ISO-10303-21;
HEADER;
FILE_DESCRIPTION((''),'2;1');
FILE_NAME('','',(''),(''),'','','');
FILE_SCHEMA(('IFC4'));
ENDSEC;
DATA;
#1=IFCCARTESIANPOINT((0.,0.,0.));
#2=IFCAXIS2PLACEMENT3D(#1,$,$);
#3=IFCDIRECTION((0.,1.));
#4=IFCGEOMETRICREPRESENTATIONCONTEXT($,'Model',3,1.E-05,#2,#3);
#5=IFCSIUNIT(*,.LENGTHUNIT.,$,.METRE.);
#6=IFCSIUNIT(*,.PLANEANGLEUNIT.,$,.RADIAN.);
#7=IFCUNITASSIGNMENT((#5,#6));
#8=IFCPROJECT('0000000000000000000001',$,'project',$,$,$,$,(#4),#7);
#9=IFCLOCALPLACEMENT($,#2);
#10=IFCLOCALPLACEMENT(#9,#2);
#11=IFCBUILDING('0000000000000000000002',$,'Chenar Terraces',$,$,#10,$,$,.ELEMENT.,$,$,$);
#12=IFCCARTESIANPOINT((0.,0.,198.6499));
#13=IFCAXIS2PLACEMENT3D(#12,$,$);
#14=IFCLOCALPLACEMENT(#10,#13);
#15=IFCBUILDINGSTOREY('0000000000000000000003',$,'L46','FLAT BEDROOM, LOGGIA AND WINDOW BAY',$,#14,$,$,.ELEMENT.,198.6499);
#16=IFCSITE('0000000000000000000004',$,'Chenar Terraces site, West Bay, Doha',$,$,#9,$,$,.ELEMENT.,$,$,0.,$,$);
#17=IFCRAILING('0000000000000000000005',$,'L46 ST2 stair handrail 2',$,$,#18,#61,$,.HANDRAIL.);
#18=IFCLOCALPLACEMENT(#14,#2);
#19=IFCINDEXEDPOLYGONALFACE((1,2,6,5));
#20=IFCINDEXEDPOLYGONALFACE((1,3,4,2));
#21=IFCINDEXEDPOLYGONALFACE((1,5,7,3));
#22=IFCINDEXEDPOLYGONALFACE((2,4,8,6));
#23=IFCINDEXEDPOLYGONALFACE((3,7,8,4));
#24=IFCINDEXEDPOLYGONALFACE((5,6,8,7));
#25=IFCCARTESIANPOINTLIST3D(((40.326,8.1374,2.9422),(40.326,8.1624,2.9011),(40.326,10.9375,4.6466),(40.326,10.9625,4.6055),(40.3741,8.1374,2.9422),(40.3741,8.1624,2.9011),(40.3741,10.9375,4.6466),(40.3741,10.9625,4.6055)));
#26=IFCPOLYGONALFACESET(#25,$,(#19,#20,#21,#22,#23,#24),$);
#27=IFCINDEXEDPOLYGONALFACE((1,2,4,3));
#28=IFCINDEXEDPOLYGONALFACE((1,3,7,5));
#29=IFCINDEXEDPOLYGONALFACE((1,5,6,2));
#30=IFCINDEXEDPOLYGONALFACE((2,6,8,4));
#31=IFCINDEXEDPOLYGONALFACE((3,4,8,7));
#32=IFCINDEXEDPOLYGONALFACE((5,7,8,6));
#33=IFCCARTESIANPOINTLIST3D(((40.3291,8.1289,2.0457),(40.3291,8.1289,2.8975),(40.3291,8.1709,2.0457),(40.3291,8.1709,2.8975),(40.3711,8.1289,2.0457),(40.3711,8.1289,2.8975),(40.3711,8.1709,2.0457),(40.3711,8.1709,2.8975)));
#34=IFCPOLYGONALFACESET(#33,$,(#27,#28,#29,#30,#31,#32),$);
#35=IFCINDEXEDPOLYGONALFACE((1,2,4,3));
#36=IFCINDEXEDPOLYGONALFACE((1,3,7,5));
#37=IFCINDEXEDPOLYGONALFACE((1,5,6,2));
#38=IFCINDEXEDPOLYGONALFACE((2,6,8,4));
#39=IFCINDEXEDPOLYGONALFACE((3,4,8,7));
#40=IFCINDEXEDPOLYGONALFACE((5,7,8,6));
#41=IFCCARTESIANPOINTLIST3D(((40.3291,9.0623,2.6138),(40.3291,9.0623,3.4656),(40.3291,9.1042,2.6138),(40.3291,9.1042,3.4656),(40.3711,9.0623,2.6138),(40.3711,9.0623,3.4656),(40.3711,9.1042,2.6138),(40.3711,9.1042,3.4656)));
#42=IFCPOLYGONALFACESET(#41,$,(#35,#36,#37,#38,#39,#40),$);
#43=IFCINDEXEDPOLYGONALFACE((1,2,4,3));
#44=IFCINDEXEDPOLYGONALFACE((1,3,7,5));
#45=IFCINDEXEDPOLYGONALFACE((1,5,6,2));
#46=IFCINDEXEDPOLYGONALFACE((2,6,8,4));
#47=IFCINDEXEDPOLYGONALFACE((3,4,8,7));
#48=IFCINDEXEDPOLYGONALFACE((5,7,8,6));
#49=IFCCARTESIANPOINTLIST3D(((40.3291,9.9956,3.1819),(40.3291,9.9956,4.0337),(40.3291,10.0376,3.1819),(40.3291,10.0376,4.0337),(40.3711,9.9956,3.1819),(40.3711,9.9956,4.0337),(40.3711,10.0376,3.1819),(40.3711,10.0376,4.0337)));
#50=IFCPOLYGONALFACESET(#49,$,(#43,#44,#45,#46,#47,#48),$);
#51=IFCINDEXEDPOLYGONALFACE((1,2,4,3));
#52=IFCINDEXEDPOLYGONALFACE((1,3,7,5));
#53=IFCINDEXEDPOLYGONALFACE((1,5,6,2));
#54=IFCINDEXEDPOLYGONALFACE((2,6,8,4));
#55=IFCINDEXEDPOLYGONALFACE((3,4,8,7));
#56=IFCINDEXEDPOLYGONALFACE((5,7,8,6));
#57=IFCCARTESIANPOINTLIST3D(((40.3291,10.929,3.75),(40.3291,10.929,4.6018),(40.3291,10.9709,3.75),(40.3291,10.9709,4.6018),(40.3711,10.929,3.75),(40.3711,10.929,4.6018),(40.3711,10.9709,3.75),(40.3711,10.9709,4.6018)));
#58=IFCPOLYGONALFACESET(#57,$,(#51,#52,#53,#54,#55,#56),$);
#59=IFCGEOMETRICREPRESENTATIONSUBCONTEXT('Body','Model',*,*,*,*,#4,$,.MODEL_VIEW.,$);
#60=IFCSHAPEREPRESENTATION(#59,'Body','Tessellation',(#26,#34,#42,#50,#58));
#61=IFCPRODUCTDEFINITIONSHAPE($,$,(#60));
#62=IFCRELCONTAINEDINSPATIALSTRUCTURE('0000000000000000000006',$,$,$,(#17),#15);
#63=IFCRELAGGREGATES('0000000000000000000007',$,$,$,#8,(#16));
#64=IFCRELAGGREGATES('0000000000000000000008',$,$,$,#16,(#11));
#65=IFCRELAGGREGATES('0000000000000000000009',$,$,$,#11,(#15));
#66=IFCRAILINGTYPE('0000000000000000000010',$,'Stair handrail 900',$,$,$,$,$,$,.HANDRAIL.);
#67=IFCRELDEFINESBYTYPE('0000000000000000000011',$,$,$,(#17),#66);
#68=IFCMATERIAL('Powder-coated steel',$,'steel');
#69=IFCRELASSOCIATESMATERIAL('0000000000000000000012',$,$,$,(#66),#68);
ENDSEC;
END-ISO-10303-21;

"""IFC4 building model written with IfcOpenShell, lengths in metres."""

from ifc_helpers import new_model, si_unit, direction, frame, origin, origin_2d, place, context, subcontext, project, spatial, rectangle, extrude, material, type_object, element, save


model = new_model("IFC4")

# Units and contexts
model_context = context("Model", 3, precision=1e-05, world=origin(), true_north=direction((0.0, 1.0)))
body_context = subcontext(model_context, "Body", "Model", "MODEL_VIEW")
ifc_project = project(units=[si_unit("LENGTHUNIT", "METRE"), si_unit("PLANEANGLEUNIT", "RADIAN")], contexts=[model_context])

# Site, building, storey
site_placement = place(None, origin())
site = spatial("IfcSite", under=ifc_project, at=site_placement, Name="Chenar Terraces site, West Bay, Doha", CompositionType="ELEMENT", RefElevation=0.0)
building_placement = place(site_placement, origin())
building = spatial("IfcBuilding", under=site, at=building_placement, Name="Chenar Terraces", CompositionType="ELEMENT")
storey_placement = place(building_placement, frame((0.0, 0.0, 198.6499)))
storey = spatial("IfcBuildingStorey", under=building, at=storey_placement, Name="L46", Description="FLAT BEDROOM, LOGGIA AND WINDOW BAY", CompositionType="ELEMENT", Elevation=198.6499)

# Railing
ifc_material_1 = material(Name="Powder-coated steel", Category="steel")
railing_type_1 = type_object("IfcRailingType", Name="Stair handrail 900", PredefinedType="HANDRAIL", material=ifc_material_1)
railing_1_placement = place(storey_placement, frame((40.3501, 8.1499, 2.0457)))
element("IfcRailing", 1, at=railing_1_placement, inside=storey, type_object=railing_type_1, Name="L46 ST2 stair handrail 2", PredefinedType="HANDRAIL", context=body_context, shape_type="SweptSolid", body=[
    extrude(rectangle(XDim=0.0481, YDim=0.0481, at=origin_2d()), frame((0.0, 0.0, 0.876), z_axis=(0.0, 0.854203, 0.51994), x_axis=(-1.0, 0.0, 0.0)), (0.0, 0.0, 1.0), 3.2781),
    extrude(rectangle(XDim=0.042, YDim=0.042, at=origin_2d()), origin(), (0.0, 0.0, 1.0), 0.8518),
    extrude(rectangle(XDim=0.042, YDim=0.042, at=origin_2d()), frame((0.0, 0.9333, 0.5681)), (0.0, 0.0, 1.0), 0.8518),
    extrude(rectangle(XDim=0.042, YDim=0.042, at=origin_2d()), frame((0.0, 1.8667, 1.1362)), (0.0, 0.0, 1.0), 0.8518),
    extrude(rectangle(XDim=0.042, YDim=0.042, at=origin_2d()), frame((0.0, 2.8, 1.7043)), (0.0, 0.0, 1.0), 0.8518),
])

save(model, "model.ifc")
